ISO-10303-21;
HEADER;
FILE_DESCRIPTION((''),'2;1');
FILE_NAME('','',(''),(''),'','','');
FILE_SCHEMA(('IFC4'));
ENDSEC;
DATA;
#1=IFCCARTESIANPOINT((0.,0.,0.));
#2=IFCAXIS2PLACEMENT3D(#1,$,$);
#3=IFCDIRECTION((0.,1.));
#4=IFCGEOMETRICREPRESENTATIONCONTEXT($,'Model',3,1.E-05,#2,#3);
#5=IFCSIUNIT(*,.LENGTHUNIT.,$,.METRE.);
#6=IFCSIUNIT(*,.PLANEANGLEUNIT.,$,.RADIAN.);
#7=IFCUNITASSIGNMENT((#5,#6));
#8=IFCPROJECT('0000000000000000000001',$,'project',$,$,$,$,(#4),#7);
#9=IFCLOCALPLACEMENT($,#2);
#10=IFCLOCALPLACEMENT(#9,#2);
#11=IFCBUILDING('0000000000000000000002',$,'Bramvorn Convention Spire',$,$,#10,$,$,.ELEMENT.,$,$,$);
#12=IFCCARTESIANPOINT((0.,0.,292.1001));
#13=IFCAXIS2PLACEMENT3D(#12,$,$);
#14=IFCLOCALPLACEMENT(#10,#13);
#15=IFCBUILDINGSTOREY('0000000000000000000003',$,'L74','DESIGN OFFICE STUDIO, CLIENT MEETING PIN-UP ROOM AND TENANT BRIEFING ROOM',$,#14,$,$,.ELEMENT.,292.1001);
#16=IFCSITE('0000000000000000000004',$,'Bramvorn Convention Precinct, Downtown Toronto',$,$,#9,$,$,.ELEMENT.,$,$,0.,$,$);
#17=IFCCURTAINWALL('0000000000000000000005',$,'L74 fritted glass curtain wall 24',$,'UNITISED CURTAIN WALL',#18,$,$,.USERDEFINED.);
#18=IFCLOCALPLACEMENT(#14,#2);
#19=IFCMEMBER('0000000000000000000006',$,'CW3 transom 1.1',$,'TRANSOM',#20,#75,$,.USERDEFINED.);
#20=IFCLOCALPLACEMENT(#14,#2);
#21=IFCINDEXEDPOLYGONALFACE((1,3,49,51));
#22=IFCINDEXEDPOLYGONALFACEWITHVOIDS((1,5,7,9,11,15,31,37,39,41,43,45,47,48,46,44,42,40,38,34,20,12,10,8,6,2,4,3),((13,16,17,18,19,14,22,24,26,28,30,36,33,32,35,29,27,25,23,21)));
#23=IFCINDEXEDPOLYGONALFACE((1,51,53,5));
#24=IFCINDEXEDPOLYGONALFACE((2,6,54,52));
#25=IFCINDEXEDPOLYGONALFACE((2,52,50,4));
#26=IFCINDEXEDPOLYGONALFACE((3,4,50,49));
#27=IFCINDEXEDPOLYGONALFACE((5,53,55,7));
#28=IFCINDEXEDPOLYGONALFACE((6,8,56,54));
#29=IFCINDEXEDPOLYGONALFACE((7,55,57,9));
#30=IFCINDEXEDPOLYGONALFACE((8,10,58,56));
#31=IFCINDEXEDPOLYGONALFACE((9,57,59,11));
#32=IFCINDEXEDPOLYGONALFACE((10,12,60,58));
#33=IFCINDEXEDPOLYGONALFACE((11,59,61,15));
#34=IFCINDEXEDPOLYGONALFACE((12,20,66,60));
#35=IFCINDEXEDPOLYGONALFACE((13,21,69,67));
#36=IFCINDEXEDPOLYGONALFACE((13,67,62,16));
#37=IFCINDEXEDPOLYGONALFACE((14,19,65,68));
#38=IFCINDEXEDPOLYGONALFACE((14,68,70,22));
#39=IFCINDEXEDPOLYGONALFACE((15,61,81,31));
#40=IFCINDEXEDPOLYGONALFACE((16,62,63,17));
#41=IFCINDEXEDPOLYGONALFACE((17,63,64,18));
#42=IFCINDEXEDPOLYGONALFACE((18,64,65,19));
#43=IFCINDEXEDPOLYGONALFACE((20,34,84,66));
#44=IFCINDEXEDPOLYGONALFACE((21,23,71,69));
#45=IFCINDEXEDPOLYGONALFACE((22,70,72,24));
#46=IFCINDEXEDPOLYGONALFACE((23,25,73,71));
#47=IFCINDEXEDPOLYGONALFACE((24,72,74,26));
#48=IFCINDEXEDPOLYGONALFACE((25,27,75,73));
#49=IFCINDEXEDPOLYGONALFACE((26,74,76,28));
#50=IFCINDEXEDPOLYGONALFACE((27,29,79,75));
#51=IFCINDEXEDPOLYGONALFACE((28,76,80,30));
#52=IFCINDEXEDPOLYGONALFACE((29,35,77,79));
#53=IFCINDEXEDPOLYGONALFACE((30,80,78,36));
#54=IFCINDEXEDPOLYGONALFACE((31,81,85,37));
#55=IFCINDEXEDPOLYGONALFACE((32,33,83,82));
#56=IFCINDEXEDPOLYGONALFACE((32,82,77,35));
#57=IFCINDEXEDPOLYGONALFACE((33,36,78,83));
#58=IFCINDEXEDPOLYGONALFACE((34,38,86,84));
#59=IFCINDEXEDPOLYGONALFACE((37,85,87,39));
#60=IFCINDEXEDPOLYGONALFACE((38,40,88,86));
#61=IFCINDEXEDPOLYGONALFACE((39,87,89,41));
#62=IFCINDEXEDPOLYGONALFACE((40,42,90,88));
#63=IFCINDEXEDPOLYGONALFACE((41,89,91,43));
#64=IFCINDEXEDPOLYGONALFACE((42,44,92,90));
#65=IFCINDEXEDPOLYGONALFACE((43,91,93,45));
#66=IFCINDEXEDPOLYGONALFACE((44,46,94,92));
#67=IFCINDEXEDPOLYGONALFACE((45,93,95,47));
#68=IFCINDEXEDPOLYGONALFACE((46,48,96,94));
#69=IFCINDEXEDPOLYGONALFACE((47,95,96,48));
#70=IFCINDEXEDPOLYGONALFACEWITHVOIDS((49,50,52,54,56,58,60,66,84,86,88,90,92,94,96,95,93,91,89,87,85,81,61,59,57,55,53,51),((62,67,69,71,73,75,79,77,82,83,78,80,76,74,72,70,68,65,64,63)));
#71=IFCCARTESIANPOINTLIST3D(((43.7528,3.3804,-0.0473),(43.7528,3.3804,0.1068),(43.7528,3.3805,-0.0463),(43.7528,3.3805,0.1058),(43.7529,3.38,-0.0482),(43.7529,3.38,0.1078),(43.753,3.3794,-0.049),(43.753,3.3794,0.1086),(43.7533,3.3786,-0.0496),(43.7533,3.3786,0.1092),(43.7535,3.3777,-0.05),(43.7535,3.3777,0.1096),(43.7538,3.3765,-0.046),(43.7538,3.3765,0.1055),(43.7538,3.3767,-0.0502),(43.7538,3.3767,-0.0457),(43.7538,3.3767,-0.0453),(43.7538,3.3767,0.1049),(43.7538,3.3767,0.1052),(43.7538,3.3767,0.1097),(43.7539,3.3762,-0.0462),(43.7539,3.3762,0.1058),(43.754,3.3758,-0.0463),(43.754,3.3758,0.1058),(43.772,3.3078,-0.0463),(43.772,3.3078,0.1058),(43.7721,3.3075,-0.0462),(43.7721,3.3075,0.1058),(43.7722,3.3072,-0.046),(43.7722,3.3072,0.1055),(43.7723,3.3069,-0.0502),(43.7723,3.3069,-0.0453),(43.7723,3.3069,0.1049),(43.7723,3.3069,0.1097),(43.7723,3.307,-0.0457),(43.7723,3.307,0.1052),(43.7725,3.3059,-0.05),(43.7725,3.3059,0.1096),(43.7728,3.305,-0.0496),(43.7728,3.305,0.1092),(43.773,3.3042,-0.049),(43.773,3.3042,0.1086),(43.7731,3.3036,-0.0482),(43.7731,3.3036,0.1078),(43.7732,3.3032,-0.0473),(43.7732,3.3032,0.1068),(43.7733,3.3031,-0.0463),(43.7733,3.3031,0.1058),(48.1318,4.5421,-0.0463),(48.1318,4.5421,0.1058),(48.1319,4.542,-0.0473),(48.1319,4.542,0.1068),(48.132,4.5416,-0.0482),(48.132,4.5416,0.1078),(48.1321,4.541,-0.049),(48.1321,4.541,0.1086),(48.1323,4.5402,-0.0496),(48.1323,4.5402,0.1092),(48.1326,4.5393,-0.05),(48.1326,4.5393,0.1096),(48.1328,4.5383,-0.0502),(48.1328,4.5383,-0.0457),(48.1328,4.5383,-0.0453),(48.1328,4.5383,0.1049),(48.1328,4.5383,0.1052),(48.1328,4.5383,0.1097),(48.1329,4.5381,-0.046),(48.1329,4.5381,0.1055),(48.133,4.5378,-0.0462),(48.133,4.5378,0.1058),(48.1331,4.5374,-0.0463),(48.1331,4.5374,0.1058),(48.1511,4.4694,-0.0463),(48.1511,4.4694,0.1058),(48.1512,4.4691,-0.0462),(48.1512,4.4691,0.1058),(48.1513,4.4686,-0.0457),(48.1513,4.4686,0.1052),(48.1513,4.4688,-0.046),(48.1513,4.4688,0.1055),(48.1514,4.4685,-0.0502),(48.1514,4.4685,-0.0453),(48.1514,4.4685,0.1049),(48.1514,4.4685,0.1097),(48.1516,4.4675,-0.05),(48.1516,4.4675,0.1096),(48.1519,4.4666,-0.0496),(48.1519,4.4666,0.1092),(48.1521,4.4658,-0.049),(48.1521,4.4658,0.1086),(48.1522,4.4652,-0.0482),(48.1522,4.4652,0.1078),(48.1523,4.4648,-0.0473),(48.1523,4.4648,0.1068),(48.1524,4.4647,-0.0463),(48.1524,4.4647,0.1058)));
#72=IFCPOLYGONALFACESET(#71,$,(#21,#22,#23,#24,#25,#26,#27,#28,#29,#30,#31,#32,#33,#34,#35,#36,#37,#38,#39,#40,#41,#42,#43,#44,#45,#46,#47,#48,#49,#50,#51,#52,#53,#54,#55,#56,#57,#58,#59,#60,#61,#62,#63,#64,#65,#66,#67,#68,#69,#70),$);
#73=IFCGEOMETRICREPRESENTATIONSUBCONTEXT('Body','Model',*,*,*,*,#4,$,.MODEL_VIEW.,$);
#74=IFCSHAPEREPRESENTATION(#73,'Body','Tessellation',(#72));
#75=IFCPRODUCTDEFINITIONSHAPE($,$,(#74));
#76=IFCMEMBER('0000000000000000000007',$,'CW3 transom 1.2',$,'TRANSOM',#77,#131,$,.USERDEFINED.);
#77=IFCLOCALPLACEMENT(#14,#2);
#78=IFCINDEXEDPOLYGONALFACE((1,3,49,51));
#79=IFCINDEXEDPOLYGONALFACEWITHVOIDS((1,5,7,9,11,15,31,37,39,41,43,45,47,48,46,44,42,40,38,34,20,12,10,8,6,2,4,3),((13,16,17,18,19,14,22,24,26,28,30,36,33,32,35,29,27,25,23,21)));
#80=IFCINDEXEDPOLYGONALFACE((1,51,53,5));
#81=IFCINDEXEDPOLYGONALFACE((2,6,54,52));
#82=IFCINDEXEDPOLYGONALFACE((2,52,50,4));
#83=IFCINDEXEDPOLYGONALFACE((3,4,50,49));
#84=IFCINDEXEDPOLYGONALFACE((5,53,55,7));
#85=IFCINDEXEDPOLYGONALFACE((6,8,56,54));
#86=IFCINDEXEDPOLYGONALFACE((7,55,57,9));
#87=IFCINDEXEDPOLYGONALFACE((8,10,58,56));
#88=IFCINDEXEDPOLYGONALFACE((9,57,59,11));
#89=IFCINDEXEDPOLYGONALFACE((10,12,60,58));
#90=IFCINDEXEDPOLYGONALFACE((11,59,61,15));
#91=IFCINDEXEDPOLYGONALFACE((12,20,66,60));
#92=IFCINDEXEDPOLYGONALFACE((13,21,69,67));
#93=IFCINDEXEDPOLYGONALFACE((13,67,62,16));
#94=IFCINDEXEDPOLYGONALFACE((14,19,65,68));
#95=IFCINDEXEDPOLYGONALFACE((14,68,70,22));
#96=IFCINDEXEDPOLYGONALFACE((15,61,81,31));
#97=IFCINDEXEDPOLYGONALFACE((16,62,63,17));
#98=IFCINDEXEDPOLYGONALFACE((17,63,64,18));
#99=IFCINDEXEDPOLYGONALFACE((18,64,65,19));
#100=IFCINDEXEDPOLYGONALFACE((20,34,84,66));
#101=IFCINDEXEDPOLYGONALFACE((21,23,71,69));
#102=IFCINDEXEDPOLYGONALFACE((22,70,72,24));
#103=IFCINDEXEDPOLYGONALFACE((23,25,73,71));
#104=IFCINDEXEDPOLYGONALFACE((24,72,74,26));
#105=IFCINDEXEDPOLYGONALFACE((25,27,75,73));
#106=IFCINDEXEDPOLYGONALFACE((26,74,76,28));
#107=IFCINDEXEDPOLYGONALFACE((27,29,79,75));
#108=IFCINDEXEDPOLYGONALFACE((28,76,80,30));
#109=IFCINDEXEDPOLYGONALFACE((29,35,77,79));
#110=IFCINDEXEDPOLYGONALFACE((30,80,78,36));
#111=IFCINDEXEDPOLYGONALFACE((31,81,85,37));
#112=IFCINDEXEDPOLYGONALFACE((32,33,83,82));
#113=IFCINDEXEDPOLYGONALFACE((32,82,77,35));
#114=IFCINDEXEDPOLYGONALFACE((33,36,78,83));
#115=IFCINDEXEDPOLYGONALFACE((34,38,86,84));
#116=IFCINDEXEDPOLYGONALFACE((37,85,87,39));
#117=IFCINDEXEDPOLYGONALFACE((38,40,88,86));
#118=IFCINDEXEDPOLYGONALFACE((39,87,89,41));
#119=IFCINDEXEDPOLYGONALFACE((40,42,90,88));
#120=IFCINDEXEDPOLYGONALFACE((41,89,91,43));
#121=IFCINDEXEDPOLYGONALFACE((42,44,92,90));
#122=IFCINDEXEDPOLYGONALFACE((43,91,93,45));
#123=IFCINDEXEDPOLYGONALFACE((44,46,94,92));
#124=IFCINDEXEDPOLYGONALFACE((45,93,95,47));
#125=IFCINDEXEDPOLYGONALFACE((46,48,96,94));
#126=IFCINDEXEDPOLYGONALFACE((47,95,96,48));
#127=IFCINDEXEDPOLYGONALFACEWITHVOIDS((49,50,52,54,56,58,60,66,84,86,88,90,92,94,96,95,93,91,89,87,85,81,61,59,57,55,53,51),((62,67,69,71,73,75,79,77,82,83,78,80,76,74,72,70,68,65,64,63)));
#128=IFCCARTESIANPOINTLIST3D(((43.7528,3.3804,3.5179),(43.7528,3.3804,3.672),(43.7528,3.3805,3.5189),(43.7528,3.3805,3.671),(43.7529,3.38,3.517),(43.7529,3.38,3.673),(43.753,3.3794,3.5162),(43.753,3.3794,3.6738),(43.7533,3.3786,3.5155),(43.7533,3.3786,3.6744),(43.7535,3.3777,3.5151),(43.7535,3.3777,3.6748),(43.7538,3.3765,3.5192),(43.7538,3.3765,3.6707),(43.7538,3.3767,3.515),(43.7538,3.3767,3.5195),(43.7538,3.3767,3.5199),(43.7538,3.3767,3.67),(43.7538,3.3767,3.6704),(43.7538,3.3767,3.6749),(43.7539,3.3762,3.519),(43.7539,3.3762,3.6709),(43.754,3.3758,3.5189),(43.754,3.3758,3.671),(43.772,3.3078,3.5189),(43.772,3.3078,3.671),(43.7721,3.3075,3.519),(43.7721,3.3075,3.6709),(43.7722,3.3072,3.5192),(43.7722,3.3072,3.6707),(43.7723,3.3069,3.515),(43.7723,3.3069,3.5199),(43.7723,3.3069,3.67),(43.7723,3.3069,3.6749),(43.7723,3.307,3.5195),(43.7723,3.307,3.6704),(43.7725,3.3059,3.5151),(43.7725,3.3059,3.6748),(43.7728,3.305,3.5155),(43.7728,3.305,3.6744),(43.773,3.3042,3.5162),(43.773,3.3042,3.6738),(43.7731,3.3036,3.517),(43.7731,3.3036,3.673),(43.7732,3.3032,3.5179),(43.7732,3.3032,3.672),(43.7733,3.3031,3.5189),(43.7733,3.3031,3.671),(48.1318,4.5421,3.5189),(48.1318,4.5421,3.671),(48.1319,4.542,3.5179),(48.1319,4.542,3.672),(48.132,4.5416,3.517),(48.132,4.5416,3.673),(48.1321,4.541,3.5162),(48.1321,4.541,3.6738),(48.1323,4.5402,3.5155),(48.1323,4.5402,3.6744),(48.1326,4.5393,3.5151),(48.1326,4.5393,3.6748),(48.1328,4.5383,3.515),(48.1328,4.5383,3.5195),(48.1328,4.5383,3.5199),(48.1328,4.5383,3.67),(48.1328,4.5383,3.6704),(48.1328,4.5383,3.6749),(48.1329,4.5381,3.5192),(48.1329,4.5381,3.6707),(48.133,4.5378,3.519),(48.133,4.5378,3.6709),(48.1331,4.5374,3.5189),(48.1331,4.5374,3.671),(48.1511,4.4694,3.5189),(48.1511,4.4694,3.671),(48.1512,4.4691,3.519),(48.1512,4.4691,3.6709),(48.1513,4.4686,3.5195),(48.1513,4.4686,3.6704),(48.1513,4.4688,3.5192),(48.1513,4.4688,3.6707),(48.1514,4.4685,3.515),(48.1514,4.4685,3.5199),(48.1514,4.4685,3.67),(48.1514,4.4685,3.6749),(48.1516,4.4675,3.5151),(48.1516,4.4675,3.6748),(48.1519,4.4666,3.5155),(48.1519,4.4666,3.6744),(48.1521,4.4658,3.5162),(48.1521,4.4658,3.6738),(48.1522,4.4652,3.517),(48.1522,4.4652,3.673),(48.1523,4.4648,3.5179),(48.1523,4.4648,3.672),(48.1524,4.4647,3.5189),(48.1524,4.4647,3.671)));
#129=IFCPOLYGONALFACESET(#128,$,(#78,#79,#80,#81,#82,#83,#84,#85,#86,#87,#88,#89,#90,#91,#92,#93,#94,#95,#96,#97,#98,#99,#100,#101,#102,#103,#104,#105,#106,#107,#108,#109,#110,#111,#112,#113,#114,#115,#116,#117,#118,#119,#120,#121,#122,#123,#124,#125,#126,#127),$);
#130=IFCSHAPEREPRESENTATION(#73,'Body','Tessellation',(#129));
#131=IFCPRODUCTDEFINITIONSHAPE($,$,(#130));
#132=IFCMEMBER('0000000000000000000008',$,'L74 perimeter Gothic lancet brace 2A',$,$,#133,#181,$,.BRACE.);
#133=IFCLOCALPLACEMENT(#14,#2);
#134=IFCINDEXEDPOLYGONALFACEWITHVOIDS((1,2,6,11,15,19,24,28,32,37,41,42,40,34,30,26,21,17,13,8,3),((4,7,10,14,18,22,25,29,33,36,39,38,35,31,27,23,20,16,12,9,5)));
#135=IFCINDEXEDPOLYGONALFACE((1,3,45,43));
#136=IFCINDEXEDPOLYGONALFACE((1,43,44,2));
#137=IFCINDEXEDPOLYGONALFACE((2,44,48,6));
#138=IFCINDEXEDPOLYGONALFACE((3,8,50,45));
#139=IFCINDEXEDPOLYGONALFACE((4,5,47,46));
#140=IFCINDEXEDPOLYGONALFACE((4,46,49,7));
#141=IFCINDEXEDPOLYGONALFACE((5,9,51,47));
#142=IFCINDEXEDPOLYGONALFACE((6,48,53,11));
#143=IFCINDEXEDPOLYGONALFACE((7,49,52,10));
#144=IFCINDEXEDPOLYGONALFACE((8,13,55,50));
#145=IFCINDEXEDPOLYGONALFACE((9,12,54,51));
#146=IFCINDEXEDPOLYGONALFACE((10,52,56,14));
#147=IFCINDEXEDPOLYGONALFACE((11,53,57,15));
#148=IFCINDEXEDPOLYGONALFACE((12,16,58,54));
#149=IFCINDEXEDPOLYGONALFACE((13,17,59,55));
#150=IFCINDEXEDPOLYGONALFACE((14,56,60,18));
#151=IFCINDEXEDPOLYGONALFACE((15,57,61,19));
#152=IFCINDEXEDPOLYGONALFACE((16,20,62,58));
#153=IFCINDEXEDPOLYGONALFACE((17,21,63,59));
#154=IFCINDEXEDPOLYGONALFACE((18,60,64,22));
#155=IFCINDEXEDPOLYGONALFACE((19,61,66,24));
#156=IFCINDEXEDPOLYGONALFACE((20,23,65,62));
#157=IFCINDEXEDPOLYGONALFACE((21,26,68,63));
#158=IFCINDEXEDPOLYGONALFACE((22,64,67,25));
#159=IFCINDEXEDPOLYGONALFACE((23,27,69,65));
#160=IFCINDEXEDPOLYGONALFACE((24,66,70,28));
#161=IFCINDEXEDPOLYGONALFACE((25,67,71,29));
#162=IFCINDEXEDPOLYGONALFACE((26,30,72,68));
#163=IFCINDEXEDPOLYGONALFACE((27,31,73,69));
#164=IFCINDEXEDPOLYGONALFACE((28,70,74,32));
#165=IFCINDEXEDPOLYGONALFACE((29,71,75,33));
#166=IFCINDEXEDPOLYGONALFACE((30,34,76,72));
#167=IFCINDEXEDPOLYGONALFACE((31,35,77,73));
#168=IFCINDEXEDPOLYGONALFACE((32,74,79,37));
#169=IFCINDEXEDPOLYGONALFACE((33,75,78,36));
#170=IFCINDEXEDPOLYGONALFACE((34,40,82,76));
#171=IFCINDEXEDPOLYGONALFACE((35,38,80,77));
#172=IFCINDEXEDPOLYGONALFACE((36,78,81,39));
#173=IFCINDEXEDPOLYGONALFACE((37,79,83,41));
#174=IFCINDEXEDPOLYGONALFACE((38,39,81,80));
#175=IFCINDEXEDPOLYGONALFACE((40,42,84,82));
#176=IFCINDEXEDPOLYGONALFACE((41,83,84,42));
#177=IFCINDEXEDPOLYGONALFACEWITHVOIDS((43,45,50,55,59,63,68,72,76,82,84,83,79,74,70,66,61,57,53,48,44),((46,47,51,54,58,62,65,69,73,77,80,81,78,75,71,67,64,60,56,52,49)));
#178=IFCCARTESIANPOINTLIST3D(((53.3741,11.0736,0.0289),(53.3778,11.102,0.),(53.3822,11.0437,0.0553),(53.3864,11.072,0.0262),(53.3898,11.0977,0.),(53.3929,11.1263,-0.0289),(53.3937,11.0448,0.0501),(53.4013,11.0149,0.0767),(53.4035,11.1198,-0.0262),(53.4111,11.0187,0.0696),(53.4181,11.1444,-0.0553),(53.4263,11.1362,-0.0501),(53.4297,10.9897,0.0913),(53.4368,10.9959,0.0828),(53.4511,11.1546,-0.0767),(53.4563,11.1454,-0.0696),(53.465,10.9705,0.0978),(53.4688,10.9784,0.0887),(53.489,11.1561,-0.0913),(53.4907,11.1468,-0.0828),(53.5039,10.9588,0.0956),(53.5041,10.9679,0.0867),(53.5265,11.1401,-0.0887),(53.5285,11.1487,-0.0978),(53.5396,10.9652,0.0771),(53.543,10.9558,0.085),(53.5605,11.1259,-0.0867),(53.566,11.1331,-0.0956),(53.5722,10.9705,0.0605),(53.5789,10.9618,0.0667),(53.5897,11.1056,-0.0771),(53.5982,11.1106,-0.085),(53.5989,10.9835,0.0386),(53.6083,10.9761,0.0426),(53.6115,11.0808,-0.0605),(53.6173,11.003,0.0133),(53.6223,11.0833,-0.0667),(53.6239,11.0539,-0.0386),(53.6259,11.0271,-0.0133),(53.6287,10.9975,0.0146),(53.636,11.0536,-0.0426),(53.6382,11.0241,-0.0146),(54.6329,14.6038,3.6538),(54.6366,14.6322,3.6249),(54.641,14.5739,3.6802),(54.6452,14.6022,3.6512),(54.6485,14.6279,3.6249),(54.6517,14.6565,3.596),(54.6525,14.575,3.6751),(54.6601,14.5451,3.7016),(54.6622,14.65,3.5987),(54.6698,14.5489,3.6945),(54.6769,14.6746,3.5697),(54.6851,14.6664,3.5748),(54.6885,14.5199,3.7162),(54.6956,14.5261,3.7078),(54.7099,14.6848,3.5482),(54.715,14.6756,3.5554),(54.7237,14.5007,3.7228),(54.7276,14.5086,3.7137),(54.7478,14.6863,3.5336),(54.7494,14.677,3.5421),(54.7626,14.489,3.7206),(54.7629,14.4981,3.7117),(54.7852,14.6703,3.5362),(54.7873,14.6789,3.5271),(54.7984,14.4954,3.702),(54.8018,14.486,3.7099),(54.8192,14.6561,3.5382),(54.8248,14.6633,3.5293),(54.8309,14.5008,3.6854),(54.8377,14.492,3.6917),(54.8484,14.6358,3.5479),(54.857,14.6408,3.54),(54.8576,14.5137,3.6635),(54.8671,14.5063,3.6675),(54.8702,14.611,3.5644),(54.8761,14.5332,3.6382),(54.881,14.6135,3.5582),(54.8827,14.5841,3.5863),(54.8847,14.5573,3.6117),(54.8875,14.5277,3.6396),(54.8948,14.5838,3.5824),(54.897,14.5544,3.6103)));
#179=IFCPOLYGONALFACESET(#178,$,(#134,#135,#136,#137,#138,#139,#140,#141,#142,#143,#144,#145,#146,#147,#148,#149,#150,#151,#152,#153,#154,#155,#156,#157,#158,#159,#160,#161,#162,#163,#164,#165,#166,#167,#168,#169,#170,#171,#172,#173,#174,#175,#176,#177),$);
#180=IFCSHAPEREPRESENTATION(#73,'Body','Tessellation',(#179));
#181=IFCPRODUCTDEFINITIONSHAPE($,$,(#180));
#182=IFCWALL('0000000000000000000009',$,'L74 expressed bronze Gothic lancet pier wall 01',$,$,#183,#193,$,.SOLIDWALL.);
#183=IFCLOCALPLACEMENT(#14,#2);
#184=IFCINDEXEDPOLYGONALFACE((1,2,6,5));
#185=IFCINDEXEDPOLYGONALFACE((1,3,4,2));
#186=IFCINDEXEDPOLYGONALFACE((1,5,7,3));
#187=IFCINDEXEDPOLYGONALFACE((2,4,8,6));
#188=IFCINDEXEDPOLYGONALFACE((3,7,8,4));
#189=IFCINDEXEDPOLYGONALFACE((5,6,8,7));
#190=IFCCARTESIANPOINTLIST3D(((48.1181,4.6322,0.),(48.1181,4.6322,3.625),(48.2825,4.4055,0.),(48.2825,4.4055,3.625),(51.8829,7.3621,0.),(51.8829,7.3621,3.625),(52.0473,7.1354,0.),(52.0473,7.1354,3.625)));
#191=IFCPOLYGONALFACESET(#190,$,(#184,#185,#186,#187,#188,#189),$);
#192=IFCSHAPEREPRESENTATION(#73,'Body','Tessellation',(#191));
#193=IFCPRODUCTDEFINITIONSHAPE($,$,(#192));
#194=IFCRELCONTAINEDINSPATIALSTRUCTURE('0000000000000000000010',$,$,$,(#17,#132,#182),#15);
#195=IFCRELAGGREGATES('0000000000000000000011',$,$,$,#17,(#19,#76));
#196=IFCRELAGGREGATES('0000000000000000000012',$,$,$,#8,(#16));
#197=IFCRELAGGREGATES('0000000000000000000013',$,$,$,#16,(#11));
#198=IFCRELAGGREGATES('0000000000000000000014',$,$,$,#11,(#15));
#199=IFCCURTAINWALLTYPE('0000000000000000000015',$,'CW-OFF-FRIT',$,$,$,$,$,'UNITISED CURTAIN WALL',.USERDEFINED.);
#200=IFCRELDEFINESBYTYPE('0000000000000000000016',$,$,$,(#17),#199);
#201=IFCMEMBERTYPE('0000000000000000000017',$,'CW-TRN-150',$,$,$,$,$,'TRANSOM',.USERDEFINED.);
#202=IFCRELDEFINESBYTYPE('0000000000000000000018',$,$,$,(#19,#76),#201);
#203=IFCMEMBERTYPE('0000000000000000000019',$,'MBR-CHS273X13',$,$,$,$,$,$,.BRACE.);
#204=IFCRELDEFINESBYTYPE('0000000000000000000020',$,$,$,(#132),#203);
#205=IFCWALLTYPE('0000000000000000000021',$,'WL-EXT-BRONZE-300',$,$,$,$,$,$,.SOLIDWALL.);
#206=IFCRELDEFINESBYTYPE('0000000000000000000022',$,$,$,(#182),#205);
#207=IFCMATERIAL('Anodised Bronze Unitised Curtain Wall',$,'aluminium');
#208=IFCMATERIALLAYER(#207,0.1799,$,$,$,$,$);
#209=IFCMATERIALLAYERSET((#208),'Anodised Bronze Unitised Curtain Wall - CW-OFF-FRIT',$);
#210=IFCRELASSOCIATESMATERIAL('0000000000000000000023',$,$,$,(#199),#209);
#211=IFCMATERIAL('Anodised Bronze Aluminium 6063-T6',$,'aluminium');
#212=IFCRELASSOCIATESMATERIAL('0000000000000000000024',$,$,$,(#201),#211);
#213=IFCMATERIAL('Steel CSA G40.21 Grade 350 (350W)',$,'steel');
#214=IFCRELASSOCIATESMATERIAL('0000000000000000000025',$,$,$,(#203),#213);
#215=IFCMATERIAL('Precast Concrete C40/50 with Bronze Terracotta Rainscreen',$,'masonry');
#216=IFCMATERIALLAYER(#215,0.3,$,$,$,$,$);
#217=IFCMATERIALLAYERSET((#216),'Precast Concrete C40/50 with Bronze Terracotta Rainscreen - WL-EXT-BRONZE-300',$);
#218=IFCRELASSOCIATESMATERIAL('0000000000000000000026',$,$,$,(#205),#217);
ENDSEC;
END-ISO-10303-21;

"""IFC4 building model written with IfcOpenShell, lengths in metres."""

from ifc_helpers import new_model, si_unit, direction, frame, frame_2d, origin, origin_2d, place, context, subcontext, project, spatial, rectangle, hollow_rectangle, hollow_circle, extrude, material, layer, layer_set, material_profile, profile_set, type_object, element, aggregate, save


model = new_model("IFC4")

# Units and contexts
model_context = context("Model", 3, precision=1e-05, world=origin(), true_north=direction((0.0, 1.0)))
body_context = subcontext(model_context, "Body", "Model", "MODEL_VIEW")
ifc_project = project(units=[si_unit("LENGTHUNIT", "METRE"), si_unit("PLANEANGLEUNIT", "RADIAN")], contexts=[model_context])

# Site, building, storey
site_placement = place(None, origin())
site = spatial("IfcSite", under=ifc_project, at=site_placement, Name="Bramvorn Convention Precinct, Downtown Toronto", CompositionType="ELEMENT", RefElevation=0.0)
building_placement = place(site_placement, origin())
building = spatial("IfcBuilding", under=site, at=building_placement, Name="Bramvorn Convention Spire", CompositionType="ELEMENT")
storey_placement = place(building_placement, frame((0.0, 0.0, 292.1001)))
storey = spatial("IfcBuildingStorey", under=building, at=storey_placement, Name="L74", Description="DESIGN OFFICE STUDIO, CLIENT MEETING PIN-UP ROOM AND TENANT BRIEFING ROOM", CompositionType="ELEMENT", Elevation=292.1001)

# Shared definitions
ifc_material_1 = material(Name="Steel CSA G40.21 Grade 350 (350W)", Category="steel")

# Curtain wall, members
ifc_material_2 = material(Name="Anodised Bronze Unitised Curtain Wall", Category="aluminium")
ifc_layer_1 = layer(ifc_material_2, 0.1799)
ifc_layer_set_1 = layer_set([ifc_layer_1], Name="Anodised Bronze Unitised Curtain Wall - CW-OFF-FRIT")
curtain_wall_type = type_object("IfcCurtainWallType", Name="CW-OFF-FRIT", ElementType="UNITISED CURTAIN WALL", PredefinedType="USERDEFINED", material=ifc_layer_set_1)
curtain_wall_placement = place(storey_placement, origin())
curtain_wall = element("IfcCurtainWall", 1, at=curtain_wall_placement, inside=storey, type_object=curtain_wall_type, Name="L74 fritted glass curtain wall 24", ObjectType="UNITISED CURTAIN WALL", PredefinedType="USERDEFINED")
ifc_material_3 = material(Name="Anodised Bronze Aluminium 6063-T6", Category="aluminium")
ifc_material_profile_1 = material_profile(ifc_material_3, hollow_rectangle(XDim=0.0801, YDim=0.1599, WallThickness=0.0039, InnerFilletRadius=0.001, OuterFilletRadius=0.0039, at=origin_2d()))
ifc_profile_set_1 = profile_set([ifc_material_profile_1], Name="Anodised Bronze Aluminium 6063-T6 - CWT80X160")
member_type_1 = type_object("IfcMemberType", Name="CW-TRN-150", ElementType="TRANSOM", PredefinedType="USERDEFINED", material=ifc_profile_set_1)
member_1_placement = place(storey_placement, frame((48.1421, 4.5034, 0.0298), z_axis=(-0.966572, -0.256395, 0.0), x_axis=(0.256395, -0.966572, 0.0)))
member_1 = element("IfcMember", 2, at=member_1_placement, type_object=member_type_1, Name="CW3 transom 1.1", ObjectType="TRANSOM", PredefinedType="USERDEFINED", context=body_context, shape_type="SweptSolid", body=[
    extrude(hollow_rectangle(XDim=0.0801, YDim=0.1599, WallThickness=0.0039, InnerFilletRadius=0.001, OuterFilletRadius=0.0039, at=origin_2d()), origin(), (0.0, 0.0, 1.0), 4.5305),
])
member_2_placement = place(storey_placement, frame((48.1421, 4.5034, 3.595), z_axis=(-0.966572, -0.256395, 0.0), x_axis=(0.256395, -0.966572, 0.0)))
member_2 = element("IfcMember", 3, at=member_2_placement, type_object=member_type_1, Name="CW3 transom 1.2", ObjectType="TRANSOM", PredefinedType="USERDEFINED", context=body_context, shape_type="SweptSolid", body=[
    extrude(hollow_rectangle(XDim=0.0801, YDim=0.1599, WallThickness=0.0039, InnerFilletRadius=0.001, OuterFilletRadius=0.0039, at=origin_2d()), origin(), (0.0, 0.0, 1.0), 4.5305),
])
aggregate(curtain_wall, [member_1, member_2])

# Member
ifc_material_profile_2 = material_profile(ifc_material_1, hollow_circle(Radius=0.1365, WallThickness=0.0127, at=origin_2d()))
ifc_profile_set_2 = profile_set([ifc_material_profile_2], Name="Steel CSA G40.21 Grade 350 (350W) - CHS273X13")
member_type_2 = type_object("IfcMemberType", Name="MBR-CHS273X13", PredefinedType="BRACE", material=ifc_profile_set_2)
member_3_placement = place(storey_placement, frame((53.5063, 11.0562, 0.0), z_axis=(0.241415, 0.677048, 0.695215), x_axis=(-0.941913, 0.335858, 0.0)))
element("IfcMember", 4, at=member_3_placement, inside=storey, type_object=member_type_2, Name="L74 perimeter Gothic lancet brace 2A", PredefinedType="BRACE", context=body_context, shape_type="SweptSolid", body=[
    extrude(hollow_circle(Radius=0.1365, WallThickness=0.0127, at=origin_2d()), origin(), (0.0, 0.0, 1.0), 5.2141),
])

# Wall
ifc_material_4 = material(Name="Precast Concrete C40/50 with Bronze Terracotta Rainscreen", Category="masonry")
ifc_layer_2 = layer(ifc_material_4, 0.3)
ifc_layer_set_2 = layer_set([ifc_layer_2], Name="Precast Concrete C40/50 with Bronze Terracotta Rainscreen - WL-EXT-BRONZE-300")
wall_type_1 = type_object("IfcWallType", Name="WL-EXT-BRONZE-300", PredefinedType="SOLIDWALL", material=ifc_layer_set_2)
wall_1_placement = place(storey_placement, frame((51.9651, 7.2488, 0.0), z_axis=(0.0, 0.0, 1.0), x_axis=(-0.809566, -0.587029, 0.0)))
element("IfcWall", 5, at=wall_1_placement, inside=storey, type_object=wall_type_1, Name="L74 expressed bronze Gothic lancet pier wall 01", PredefinedType="SOLIDWALL", context=body_context, shape_type="SweptSolid", body=[
    extrude(rectangle(XDim=4.6504, YDim=0.28, at=frame_2d((2.3252, 0.0))), origin(), (0.0, 0.0, 1.0), 3.625),
])

save(model, "model.ifc")
